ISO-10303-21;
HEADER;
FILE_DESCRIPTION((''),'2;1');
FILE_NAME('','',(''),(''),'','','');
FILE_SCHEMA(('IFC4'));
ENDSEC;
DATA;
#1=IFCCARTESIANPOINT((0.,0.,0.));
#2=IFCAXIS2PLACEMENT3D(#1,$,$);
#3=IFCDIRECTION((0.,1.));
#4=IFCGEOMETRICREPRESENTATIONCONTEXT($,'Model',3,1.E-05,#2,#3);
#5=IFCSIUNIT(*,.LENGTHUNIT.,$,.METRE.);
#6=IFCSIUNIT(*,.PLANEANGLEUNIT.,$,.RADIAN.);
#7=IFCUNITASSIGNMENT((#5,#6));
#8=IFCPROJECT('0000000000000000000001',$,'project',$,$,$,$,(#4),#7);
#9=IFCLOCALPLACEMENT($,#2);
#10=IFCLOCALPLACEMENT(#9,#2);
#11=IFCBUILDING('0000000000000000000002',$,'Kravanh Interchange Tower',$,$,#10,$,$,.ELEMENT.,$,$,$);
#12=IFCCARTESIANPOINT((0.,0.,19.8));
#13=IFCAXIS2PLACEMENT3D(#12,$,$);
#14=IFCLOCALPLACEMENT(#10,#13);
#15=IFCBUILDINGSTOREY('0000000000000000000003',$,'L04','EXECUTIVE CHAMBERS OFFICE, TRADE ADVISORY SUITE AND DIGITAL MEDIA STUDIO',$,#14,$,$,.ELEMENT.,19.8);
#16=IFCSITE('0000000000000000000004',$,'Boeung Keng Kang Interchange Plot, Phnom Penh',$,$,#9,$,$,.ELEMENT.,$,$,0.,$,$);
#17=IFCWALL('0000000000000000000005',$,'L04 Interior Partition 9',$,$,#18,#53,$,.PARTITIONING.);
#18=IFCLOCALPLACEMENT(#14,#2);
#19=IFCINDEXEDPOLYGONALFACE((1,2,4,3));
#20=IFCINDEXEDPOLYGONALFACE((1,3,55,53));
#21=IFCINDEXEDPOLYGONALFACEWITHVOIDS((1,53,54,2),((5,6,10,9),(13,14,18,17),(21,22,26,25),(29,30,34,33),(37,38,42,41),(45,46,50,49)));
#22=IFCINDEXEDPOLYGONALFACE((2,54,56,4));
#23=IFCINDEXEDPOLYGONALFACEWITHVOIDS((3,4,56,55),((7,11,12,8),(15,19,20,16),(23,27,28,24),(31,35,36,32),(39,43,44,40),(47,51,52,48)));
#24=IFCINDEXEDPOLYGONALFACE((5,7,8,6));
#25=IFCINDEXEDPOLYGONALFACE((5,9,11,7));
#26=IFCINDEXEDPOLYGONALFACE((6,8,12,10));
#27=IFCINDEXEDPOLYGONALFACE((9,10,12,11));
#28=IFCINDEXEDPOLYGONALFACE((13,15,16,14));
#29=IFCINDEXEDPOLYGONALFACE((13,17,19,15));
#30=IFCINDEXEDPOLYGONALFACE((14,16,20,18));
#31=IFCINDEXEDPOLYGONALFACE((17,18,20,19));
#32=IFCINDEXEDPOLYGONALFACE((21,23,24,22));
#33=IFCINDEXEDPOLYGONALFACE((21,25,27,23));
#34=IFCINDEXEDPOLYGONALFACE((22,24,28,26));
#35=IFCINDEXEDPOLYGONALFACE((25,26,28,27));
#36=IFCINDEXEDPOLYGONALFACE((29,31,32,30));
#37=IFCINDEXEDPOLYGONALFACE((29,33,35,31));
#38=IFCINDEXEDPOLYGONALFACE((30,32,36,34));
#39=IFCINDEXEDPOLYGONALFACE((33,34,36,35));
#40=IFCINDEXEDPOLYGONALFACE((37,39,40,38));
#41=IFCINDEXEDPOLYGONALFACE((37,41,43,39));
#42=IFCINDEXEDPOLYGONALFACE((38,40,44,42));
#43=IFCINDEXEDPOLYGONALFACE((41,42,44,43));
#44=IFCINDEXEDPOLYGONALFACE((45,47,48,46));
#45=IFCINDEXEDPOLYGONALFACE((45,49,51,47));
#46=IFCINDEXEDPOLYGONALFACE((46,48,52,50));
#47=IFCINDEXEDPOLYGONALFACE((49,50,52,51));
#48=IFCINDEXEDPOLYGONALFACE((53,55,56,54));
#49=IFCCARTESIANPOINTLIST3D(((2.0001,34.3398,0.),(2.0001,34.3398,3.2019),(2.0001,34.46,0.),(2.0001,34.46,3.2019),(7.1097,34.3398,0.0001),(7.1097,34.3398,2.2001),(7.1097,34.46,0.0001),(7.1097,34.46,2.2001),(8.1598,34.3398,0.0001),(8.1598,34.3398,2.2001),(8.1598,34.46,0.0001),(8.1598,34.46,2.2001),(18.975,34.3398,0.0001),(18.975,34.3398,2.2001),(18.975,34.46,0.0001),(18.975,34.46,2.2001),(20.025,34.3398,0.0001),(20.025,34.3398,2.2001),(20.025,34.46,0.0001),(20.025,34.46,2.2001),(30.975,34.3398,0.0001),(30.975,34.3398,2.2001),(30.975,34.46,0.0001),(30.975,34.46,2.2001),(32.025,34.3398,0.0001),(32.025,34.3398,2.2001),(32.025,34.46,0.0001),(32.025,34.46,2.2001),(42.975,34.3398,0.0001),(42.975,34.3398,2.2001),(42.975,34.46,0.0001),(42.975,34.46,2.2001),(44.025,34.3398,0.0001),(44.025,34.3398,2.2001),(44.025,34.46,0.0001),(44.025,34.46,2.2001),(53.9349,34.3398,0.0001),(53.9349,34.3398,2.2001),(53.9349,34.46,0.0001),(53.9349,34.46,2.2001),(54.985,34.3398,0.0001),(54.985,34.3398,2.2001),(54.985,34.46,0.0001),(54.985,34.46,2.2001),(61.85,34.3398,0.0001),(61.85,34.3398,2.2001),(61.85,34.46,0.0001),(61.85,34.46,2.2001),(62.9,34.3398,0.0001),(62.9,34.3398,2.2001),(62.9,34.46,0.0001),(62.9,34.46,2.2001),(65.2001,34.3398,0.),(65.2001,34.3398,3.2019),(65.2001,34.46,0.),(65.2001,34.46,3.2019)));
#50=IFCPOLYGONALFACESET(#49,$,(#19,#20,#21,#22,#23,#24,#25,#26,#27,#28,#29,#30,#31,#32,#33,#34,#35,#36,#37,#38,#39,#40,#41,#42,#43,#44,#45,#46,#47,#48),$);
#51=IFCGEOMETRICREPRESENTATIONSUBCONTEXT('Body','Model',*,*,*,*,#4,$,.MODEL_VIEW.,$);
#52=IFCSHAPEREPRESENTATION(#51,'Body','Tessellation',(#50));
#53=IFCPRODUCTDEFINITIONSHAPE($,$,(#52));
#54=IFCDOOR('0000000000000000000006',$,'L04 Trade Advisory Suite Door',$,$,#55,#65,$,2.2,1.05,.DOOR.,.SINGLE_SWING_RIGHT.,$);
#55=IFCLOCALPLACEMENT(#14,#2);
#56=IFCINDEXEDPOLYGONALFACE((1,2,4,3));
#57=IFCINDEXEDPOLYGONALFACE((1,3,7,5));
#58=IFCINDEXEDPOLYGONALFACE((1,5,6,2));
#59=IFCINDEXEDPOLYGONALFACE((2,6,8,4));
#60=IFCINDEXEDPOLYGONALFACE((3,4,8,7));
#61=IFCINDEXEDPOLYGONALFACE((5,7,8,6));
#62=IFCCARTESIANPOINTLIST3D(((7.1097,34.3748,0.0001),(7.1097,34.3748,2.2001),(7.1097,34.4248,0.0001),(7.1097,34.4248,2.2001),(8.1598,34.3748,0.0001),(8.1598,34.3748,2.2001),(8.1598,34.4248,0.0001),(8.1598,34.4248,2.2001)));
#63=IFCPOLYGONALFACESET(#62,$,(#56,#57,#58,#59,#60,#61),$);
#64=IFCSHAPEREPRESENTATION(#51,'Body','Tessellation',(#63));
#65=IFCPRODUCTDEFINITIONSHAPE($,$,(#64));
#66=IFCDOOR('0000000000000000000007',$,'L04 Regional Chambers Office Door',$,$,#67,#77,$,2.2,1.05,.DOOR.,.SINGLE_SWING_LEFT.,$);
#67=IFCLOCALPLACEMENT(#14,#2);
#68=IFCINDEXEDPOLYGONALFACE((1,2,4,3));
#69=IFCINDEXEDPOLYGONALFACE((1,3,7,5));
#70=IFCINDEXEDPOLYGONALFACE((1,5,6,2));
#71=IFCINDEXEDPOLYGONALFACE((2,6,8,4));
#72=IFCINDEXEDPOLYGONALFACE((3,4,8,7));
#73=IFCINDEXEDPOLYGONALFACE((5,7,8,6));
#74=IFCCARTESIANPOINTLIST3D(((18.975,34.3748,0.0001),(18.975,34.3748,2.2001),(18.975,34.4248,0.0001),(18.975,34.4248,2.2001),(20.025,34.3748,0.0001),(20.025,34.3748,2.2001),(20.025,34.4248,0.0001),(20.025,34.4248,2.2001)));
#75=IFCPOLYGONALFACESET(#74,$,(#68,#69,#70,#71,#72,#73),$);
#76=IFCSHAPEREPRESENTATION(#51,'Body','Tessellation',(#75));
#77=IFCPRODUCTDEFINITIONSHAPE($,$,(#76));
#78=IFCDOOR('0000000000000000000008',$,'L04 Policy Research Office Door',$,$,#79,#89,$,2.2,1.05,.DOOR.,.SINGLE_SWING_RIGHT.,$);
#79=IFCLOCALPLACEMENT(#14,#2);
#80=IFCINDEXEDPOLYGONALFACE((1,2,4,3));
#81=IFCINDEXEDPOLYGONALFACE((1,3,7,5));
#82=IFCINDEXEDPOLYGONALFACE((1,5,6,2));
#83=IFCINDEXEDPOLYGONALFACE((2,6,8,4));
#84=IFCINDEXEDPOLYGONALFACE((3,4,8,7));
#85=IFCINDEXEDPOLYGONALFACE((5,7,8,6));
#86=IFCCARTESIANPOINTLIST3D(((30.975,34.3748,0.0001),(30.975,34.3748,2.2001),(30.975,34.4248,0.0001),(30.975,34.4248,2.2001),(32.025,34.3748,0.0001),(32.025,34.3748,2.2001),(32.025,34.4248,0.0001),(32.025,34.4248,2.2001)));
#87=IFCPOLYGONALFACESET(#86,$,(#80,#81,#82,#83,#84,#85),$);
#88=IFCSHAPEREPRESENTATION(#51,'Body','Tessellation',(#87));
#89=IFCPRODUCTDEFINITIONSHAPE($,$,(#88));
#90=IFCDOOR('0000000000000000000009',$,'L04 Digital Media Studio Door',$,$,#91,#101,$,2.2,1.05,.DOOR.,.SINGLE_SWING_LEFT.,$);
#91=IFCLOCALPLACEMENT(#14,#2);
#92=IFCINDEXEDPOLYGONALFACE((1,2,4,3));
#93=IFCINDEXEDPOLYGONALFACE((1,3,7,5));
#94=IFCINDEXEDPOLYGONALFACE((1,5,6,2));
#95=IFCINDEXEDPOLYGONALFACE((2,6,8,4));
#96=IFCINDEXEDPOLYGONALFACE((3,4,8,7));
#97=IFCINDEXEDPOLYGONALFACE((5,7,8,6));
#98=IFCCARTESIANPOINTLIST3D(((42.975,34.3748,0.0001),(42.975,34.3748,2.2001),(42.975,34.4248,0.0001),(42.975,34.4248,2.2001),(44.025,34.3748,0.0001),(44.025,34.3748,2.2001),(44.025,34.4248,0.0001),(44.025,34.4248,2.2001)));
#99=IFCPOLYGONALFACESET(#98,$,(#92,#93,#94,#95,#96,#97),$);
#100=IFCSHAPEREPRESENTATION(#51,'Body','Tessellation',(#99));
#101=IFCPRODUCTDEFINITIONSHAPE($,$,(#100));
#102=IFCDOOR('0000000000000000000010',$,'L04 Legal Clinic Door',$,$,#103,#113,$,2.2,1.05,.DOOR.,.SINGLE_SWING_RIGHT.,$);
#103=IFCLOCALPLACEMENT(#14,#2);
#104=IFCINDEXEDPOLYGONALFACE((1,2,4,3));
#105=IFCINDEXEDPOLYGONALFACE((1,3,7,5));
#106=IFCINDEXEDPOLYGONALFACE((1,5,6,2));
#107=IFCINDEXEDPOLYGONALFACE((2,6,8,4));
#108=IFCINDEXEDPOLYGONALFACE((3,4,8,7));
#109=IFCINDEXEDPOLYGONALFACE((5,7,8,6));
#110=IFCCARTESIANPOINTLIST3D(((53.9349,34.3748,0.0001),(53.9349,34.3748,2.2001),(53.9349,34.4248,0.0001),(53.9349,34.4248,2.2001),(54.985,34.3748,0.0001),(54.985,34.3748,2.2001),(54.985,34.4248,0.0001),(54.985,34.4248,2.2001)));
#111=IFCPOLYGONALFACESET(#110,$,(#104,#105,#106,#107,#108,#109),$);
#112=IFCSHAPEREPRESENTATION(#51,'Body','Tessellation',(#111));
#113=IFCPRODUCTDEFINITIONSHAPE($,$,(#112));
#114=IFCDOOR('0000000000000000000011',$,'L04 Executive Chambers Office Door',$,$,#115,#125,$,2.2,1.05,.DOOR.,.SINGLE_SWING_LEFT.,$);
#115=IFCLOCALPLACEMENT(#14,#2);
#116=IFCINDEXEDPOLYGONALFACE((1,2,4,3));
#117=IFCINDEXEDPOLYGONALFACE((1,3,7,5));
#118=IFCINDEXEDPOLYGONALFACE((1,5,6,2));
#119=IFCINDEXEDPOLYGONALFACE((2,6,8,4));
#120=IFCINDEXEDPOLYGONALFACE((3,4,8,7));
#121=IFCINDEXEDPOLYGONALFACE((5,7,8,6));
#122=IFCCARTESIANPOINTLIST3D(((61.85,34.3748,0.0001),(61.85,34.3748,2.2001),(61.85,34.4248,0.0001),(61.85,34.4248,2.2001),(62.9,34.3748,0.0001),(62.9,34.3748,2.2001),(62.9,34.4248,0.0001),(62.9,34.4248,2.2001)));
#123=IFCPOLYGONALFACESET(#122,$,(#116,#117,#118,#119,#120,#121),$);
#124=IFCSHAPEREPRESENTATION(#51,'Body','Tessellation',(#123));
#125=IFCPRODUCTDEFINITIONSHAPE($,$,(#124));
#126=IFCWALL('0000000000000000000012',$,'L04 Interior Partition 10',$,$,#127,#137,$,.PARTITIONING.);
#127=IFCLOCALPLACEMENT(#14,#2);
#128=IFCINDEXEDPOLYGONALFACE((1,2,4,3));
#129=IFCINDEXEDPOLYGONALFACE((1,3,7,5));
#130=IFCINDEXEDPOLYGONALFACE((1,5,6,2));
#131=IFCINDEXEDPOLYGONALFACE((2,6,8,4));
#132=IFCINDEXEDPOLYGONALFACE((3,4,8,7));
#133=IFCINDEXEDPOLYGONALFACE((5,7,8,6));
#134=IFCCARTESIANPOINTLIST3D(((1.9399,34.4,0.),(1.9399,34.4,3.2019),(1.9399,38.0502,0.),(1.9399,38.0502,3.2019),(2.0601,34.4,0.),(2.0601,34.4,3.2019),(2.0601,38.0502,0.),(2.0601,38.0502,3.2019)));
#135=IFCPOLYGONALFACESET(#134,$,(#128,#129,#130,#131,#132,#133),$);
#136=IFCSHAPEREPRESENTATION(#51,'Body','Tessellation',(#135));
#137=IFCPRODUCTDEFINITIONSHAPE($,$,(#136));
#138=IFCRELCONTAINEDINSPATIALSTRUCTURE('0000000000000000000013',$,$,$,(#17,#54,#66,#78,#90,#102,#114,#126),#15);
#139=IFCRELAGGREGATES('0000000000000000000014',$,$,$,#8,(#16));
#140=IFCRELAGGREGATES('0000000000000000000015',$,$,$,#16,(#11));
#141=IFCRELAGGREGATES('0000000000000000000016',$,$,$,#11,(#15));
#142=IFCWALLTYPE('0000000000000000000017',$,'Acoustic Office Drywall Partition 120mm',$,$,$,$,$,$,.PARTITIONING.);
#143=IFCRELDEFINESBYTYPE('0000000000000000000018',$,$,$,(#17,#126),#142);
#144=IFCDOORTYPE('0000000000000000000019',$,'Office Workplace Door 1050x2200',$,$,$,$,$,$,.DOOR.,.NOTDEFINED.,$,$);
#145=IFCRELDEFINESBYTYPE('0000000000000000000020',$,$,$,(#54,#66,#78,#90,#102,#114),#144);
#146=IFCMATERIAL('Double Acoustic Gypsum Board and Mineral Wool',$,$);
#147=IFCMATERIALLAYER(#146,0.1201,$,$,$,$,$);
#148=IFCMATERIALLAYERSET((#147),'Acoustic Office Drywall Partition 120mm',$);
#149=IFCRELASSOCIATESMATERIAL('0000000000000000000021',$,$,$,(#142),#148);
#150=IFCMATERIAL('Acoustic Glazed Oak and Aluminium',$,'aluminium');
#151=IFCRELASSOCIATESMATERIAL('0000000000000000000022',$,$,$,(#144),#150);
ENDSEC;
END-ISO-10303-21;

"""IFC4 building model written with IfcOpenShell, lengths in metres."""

from ifc_helpers import new_model, si_unit, direction, frame, frame_2d, origin, place, context, subcontext, project, spatial, rectangle, extrude, material, layer, layer_set, type_object, element, fill, save


model = new_model("IFC4")

# Units and contexts
model_context = context("Model", 3, precision=1e-05, world=origin(), true_north=direction((0.0, 1.0)))
body_context = subcontext(model_context, "Body", "Model", "MODEL_VIEW")
ifc_project = project(units=[si_unit("LENGTHUNIT", "METRE"), si_unit("PLANEANGLEUNIT", "RADIAN")], contexts=[model_context])

# Site, building, storey
site_placement = place(None, origin())
site = spatial("IfcSite", under=ifc_project, at=site_placement, Name="Boeung Keng Kang Interchange Plot, Phnom Penh", CompositionType="ELEMENT", RefElevation=0.0)
building_placement = place(site_placement, origin())
building = spatial("IfcBuilding", under=site, at=building_placement, Name="Kravanh Interchange Tower", CompositionType="ELEMENT")
storey_placement = place(building_placement, frame((0.0, 0.0, 19.8)))
storey = spatial("IfcBuildingStorey", under=building, at=storey_placement, Name="L04", Description="EXECUTIVE CHAMBERS OFFICE, TRADE ADVISORY SUITE AND DIGITAL MEDIA STUDIO", CompositionType="ELEMENT", Elevation=19.8)

# Wall, openings, doors
ifc_material_1 = material(Name="Double Acoustic Gypsum Board and Mineral Wool")
ifc_layer_1 = layer(ifc_material_1, 0.1201)
ifc_layer_set_1 = layer_set([ifc_layer_1], Name="Acoustic Office Drywall Partition 120mm")
wall_type_1 = type_object("IfcWallType", Name="Acoustic Office Drywall Partition 120mm", PredefinedType="PARTITIONING", material=ifc_layer_set_1)
wall_1_placement = place(storey_placement, frame((2.0, 34.3999, 0.0), z_axis=(0.0, 0.0, 1.0), x_axis=(1.0, 0.0, 0.0)))
wall_1 = element("IfcWall", 1, at=wall_1_placement, inside=storey, type_object=wall_type_1, Name="L04 Interior Partition 9", PredefinedType="PARTITIONING", context=body_context, shape_type="SweptSolid", body=[
    extrude(rectangle(XDim=63.2, YDim=0.1201, at=frame_2d((31.6001, 0.0))), origin(), (0.0, 0.0, 1.0), 3.2019),
])
opening_1_placement = place(wall_1_placement, frame((5.1099, 0.0, 0.0)))
opening_1 = element("IfcOpeningElement", 2, at=opening_1_placement, cuts=wall_1, PredefinedType="OPENING", context=body_context, shape_type="SweptSolid", body=[
    extrude(rectangle(XDim=1.05, YDim=2.2, at=frame_2d((0.5249, 1.1001))), frame((0.0, 0.0701, 0.0), z_axis=(0.0, -1.0, 0.0), x_axis=(1.0, 0.0, 0.0)), (0.0, 0.0, 1.0), 0.1401),
])
opening_2_placement = place(wall_1_placement, frame((16.9751, 0.0, 0.0)))
opening_2 = element("IfcOpeningElement", 3, at=opening_2_placement, cuts=wall_1, PredefinedType="OPENING", context=body_context, shape_type="SweptSolid", body=[
    extrude(rectangle(XDim=1.05, YDim=2.2, at=frame_2d((0.5249, 1.1001))), frame((0.0, 0.0701, 0.0), z_axis=(0.0, -1.0, 0.0), x_axis=(1.0, 0.0, 0.0)), (0.0, 0.0, 1.0), 0.1401),
])
opening_3_placement = place(wall_1_placement, frame((28.9751, 0.0, 0.0)))
opening_3 = element("IfcOpeningElement", 4, at=opening_3_placement, cuts=wall_1, PredefinedType="OPENING", context=body_context, shape_type="SweptSolid", body=[
    extrude(rectangle(XDim=1.05, YDim=2.2, at=frame_2d((0.5249, 1.1001))), frame((0.0, 0.0701, 0.0), z_axis=(0.0, -1.0, 0.0), x_axis=(1.0, 0.0, 0.0)), (0.0, 0.0, 1.0), 0.1401),
])
opening_4_placement = place(wall_1_placement, frame((40.9751, 0.0, 0.0)))
opening_4 = element("IfcOpeningElement", 5, at=opening_4_placement, cuts=wall_1, PredefinedType="OPENING", context=body_context, shape_type="SweptSolid", body=[
    extrude(rectangle(XDim=1.05, YDim=2.2, at=frame_2d((0.5249, 1.1001))), frame((0.0, 0.0701, 0.0), z_axis=(0.0, -1.0, 0.0), x_axis=(1.0, 0.0, 0.0)), (0.0, 0.0, 1.0), 0.1401),
])
opening_5_placement = place(wall_1_placement, frame((51.9351, 0.0, 0.0)))
opening_5 = element("IfcOpeningElement", 6, at=opening_5_placement, cuts=wall_1, PredefinedType="OPENING", context=body_context, shape_type="SweptSolid", body=[
    extrude(rectangle(XDim=1.05, YDim=2.2, at=frame_2d((0.5249, 1.1001))), frame((0.0, 0.0701, 0.0), z_axis=(0.0, -1.0, 0.0), x_axis=(1.0, 0.0, 0.0)), (0.0, 0.0, 1.0), 0.1401),
])
opening_6_placement = place(wall_1_placement, frame((59.8501, 0.0, 0.0)))
opening_6 = element("IfcOpeningElement", 7, at=opening_6_placement, cuts=wall_1, PredefinedType="OPENING", context=body_context, shape_type="SweptSolid", body=[
    extrude(rectangle(XDim=1.05, YDim=2.2, at=frame_2d((0.5249, 1.1001))), frame((0.0, 0.0701, 0.0), z_axis=(0.0, -1.0, 0.0), x_axis=(1.0, 0.0, 0.0)), (0.0, 0.0, 1.0), 0.1401),
])
ifc_material_2 = material(Name="Acoustic Glazed Oak and Aluminium", Category="aluminium")
door_type = type_object("IfcDoorType", Name="Office Workplace Door 1050x2200", OperationType="NOTDEFINED", PredefinedType="DOOR", material=ifc_material_2)
door_1_placement = place(opening_1_placement, origin())
door_1 = element("IfcDoor", 8, at=door_1_placement, inside=storey, type_object=door_type, Name="L04 Trade Advisory Suite Door", OperationType="SINGLE_SWING_RIGHT", OverallHeight=2.2, OverallWidth=1.05, PredefinedType="DOOR", context=body_context, shape_type="SweptSolid", body=[
    extrude(rectangle(XDim=1.05, YDim=2.2, at=frame_2d((0.5249, 1.1001))), frame((0.0, 0.0249, 0.0), z_axis=(0.0, -1.0, 0.0), x_axis=(1.0, 0.0, 0.0)), (0.0, 0.0, 1.0), 0.05),
])
fill(opening_1, door_1)
door_2_placement = place(opening_2_placement, origin())
door_2 = element("IfcDoor", 9, at=door_2_placement, inside=storey, type_object=door_type, Name="L04 Regional Chambers Office Door", OperationType="SINGLE_SWING_LEFT", OverallHeight=2.2, OverallWidth=1.05, PredefinedType="DOOR", context=body_context, shape_type="SweptSolid", body=[
    extrude(rectangle(XDim=1.05, YDim=2.2, at=frame_2d((0.5249, 1.1001))), frame((0.0, 0.0249, 0.0), z_axis=(0.0, -1.0, 0.0), x_axis=(1.0, 0.0, 0.0)), (0.0, 0.0, 1.0), 0.05),
])
fill(opening_2, door_2)
door_3_placement = place(opening_3_placement, origin())
door_3 = element("IfcDoor", 10, at=door_3_placement, inside=storey, type_object=door_type, Name="L04 Policy Research Office Door", OperationType="SINGLE_SWING_RIGHT", OverallHeight=2.2, OverallWidth=1.05, PredefinedType="DOOR", context=body_context, shape_type="SweptSolid", body=[
    extrude(rectangle(XDim=1.05, YDim=2.2, at=frame_2d((0.5249, 1.1001))), frame((0.0, 0.0249, 0.0), z_axis=(0.0, -1.0, 0.0), x_axis=(1.0, 0.0, 0.0)), (0.0, 0.0, 1.0), 0.05),
])
fill(opening_3, door_3)
door_4_placement = place(opening_4_placement, origin())
door_4 = element("IfcDoor", 11, at=door_4_placement, inside=storey, type_object=door_type, Name="L04 Digital Media Studio Door", OperationType="SINGLE_SWING_LEFT", OverallHeight=2.2, OverallWidth=1.05, PredefinedType="DOOR", context=body_context, shape_type="SweptSolid", body=[
    extrude(rectangle(XDim=1.05, YDim=2.2, at=frame_2d((0.5249, 1.1001))), frame((0.0, 0.0249, 0.0), z_axis=(0.0, -1.0, 0.0), x_axis=(1.0, 0.0, 0.0)), (0.0, 0.0, 1.0), 0.05),
])
fill(opening_4, door_4)
door_5_placement = place(opening_5_placement, origin())
door_5 = element("IfcDoor", 12, at=door_5_placement, inside=storey, type_object=door_type, Name="L04 Legal Clinic Door", OperationType="SINGLE_SWING_RIGHT", OverallHeight=2.2, OverallWidth=1.05, PredefinedType="DOOR", context=body_context, shape_type="SweptSolid", body=[
    extrude(rectangle(XDim=1.05, YDim=2.2, at=frame_2d((0.5249, 1.1001))), frame((0.0, 0.0249, 0.0), z_axis=(0.0, -1.0, 0.0), x_axis=(1.0, 0.0, 0.0)), (0.0, 0.0, 1.0), 0.05),
])
fill(opening_5, door_5)
door_6_placement = place(opening_6_placement, origin())
door_6 = element("IfcDoor", 13, at=door_6_placement, inside=storey, type_object=door_type, Name="L04 Executive Chambers Office Door", OperationType="SINGLE_SWING_LEFT", OverallHeight=2.2, OverallWidth=1.05, PredefinedType="DOOR", context=body_context, shape_type="SweptSolid", body=[
    extrude(rectangle(XDim=1.05, YDim=2.2, at=frame_2d((0.5249, 1.1001))), frame((0.0, 0.0249, 0.0), z_axis=(0.0, -1.0, 0.0), x_axis=(1.0, 0.0, 0.0)), (0.0, 0.0, 1.0), 0.05),
])
fill(opening_6, door_6)

# Wall
wall_2_placement = place(storey_placement, frame((2.0, 34.3999, 0.0), z_axis=(0.0, 0.0, 1.0), x_axis=(0.0, 1.0, 0.0)))
element("IfcWall", 14, at=wall_2_placement, inside=storey, type_object=wall_type_1, Name="L04 Interior Partition 10", PredefinedType="PARTITIONING", context=body_context, shape_type="SweptSolid", body=[
    extrude(rectangle(XDim=3.6501, YDim=0.1201, at=frame_2d((1.8252, 0.0))), origin(), (0.0, 0.0, 1.0), 3.2019),
])

save(model, "model.ifc")
